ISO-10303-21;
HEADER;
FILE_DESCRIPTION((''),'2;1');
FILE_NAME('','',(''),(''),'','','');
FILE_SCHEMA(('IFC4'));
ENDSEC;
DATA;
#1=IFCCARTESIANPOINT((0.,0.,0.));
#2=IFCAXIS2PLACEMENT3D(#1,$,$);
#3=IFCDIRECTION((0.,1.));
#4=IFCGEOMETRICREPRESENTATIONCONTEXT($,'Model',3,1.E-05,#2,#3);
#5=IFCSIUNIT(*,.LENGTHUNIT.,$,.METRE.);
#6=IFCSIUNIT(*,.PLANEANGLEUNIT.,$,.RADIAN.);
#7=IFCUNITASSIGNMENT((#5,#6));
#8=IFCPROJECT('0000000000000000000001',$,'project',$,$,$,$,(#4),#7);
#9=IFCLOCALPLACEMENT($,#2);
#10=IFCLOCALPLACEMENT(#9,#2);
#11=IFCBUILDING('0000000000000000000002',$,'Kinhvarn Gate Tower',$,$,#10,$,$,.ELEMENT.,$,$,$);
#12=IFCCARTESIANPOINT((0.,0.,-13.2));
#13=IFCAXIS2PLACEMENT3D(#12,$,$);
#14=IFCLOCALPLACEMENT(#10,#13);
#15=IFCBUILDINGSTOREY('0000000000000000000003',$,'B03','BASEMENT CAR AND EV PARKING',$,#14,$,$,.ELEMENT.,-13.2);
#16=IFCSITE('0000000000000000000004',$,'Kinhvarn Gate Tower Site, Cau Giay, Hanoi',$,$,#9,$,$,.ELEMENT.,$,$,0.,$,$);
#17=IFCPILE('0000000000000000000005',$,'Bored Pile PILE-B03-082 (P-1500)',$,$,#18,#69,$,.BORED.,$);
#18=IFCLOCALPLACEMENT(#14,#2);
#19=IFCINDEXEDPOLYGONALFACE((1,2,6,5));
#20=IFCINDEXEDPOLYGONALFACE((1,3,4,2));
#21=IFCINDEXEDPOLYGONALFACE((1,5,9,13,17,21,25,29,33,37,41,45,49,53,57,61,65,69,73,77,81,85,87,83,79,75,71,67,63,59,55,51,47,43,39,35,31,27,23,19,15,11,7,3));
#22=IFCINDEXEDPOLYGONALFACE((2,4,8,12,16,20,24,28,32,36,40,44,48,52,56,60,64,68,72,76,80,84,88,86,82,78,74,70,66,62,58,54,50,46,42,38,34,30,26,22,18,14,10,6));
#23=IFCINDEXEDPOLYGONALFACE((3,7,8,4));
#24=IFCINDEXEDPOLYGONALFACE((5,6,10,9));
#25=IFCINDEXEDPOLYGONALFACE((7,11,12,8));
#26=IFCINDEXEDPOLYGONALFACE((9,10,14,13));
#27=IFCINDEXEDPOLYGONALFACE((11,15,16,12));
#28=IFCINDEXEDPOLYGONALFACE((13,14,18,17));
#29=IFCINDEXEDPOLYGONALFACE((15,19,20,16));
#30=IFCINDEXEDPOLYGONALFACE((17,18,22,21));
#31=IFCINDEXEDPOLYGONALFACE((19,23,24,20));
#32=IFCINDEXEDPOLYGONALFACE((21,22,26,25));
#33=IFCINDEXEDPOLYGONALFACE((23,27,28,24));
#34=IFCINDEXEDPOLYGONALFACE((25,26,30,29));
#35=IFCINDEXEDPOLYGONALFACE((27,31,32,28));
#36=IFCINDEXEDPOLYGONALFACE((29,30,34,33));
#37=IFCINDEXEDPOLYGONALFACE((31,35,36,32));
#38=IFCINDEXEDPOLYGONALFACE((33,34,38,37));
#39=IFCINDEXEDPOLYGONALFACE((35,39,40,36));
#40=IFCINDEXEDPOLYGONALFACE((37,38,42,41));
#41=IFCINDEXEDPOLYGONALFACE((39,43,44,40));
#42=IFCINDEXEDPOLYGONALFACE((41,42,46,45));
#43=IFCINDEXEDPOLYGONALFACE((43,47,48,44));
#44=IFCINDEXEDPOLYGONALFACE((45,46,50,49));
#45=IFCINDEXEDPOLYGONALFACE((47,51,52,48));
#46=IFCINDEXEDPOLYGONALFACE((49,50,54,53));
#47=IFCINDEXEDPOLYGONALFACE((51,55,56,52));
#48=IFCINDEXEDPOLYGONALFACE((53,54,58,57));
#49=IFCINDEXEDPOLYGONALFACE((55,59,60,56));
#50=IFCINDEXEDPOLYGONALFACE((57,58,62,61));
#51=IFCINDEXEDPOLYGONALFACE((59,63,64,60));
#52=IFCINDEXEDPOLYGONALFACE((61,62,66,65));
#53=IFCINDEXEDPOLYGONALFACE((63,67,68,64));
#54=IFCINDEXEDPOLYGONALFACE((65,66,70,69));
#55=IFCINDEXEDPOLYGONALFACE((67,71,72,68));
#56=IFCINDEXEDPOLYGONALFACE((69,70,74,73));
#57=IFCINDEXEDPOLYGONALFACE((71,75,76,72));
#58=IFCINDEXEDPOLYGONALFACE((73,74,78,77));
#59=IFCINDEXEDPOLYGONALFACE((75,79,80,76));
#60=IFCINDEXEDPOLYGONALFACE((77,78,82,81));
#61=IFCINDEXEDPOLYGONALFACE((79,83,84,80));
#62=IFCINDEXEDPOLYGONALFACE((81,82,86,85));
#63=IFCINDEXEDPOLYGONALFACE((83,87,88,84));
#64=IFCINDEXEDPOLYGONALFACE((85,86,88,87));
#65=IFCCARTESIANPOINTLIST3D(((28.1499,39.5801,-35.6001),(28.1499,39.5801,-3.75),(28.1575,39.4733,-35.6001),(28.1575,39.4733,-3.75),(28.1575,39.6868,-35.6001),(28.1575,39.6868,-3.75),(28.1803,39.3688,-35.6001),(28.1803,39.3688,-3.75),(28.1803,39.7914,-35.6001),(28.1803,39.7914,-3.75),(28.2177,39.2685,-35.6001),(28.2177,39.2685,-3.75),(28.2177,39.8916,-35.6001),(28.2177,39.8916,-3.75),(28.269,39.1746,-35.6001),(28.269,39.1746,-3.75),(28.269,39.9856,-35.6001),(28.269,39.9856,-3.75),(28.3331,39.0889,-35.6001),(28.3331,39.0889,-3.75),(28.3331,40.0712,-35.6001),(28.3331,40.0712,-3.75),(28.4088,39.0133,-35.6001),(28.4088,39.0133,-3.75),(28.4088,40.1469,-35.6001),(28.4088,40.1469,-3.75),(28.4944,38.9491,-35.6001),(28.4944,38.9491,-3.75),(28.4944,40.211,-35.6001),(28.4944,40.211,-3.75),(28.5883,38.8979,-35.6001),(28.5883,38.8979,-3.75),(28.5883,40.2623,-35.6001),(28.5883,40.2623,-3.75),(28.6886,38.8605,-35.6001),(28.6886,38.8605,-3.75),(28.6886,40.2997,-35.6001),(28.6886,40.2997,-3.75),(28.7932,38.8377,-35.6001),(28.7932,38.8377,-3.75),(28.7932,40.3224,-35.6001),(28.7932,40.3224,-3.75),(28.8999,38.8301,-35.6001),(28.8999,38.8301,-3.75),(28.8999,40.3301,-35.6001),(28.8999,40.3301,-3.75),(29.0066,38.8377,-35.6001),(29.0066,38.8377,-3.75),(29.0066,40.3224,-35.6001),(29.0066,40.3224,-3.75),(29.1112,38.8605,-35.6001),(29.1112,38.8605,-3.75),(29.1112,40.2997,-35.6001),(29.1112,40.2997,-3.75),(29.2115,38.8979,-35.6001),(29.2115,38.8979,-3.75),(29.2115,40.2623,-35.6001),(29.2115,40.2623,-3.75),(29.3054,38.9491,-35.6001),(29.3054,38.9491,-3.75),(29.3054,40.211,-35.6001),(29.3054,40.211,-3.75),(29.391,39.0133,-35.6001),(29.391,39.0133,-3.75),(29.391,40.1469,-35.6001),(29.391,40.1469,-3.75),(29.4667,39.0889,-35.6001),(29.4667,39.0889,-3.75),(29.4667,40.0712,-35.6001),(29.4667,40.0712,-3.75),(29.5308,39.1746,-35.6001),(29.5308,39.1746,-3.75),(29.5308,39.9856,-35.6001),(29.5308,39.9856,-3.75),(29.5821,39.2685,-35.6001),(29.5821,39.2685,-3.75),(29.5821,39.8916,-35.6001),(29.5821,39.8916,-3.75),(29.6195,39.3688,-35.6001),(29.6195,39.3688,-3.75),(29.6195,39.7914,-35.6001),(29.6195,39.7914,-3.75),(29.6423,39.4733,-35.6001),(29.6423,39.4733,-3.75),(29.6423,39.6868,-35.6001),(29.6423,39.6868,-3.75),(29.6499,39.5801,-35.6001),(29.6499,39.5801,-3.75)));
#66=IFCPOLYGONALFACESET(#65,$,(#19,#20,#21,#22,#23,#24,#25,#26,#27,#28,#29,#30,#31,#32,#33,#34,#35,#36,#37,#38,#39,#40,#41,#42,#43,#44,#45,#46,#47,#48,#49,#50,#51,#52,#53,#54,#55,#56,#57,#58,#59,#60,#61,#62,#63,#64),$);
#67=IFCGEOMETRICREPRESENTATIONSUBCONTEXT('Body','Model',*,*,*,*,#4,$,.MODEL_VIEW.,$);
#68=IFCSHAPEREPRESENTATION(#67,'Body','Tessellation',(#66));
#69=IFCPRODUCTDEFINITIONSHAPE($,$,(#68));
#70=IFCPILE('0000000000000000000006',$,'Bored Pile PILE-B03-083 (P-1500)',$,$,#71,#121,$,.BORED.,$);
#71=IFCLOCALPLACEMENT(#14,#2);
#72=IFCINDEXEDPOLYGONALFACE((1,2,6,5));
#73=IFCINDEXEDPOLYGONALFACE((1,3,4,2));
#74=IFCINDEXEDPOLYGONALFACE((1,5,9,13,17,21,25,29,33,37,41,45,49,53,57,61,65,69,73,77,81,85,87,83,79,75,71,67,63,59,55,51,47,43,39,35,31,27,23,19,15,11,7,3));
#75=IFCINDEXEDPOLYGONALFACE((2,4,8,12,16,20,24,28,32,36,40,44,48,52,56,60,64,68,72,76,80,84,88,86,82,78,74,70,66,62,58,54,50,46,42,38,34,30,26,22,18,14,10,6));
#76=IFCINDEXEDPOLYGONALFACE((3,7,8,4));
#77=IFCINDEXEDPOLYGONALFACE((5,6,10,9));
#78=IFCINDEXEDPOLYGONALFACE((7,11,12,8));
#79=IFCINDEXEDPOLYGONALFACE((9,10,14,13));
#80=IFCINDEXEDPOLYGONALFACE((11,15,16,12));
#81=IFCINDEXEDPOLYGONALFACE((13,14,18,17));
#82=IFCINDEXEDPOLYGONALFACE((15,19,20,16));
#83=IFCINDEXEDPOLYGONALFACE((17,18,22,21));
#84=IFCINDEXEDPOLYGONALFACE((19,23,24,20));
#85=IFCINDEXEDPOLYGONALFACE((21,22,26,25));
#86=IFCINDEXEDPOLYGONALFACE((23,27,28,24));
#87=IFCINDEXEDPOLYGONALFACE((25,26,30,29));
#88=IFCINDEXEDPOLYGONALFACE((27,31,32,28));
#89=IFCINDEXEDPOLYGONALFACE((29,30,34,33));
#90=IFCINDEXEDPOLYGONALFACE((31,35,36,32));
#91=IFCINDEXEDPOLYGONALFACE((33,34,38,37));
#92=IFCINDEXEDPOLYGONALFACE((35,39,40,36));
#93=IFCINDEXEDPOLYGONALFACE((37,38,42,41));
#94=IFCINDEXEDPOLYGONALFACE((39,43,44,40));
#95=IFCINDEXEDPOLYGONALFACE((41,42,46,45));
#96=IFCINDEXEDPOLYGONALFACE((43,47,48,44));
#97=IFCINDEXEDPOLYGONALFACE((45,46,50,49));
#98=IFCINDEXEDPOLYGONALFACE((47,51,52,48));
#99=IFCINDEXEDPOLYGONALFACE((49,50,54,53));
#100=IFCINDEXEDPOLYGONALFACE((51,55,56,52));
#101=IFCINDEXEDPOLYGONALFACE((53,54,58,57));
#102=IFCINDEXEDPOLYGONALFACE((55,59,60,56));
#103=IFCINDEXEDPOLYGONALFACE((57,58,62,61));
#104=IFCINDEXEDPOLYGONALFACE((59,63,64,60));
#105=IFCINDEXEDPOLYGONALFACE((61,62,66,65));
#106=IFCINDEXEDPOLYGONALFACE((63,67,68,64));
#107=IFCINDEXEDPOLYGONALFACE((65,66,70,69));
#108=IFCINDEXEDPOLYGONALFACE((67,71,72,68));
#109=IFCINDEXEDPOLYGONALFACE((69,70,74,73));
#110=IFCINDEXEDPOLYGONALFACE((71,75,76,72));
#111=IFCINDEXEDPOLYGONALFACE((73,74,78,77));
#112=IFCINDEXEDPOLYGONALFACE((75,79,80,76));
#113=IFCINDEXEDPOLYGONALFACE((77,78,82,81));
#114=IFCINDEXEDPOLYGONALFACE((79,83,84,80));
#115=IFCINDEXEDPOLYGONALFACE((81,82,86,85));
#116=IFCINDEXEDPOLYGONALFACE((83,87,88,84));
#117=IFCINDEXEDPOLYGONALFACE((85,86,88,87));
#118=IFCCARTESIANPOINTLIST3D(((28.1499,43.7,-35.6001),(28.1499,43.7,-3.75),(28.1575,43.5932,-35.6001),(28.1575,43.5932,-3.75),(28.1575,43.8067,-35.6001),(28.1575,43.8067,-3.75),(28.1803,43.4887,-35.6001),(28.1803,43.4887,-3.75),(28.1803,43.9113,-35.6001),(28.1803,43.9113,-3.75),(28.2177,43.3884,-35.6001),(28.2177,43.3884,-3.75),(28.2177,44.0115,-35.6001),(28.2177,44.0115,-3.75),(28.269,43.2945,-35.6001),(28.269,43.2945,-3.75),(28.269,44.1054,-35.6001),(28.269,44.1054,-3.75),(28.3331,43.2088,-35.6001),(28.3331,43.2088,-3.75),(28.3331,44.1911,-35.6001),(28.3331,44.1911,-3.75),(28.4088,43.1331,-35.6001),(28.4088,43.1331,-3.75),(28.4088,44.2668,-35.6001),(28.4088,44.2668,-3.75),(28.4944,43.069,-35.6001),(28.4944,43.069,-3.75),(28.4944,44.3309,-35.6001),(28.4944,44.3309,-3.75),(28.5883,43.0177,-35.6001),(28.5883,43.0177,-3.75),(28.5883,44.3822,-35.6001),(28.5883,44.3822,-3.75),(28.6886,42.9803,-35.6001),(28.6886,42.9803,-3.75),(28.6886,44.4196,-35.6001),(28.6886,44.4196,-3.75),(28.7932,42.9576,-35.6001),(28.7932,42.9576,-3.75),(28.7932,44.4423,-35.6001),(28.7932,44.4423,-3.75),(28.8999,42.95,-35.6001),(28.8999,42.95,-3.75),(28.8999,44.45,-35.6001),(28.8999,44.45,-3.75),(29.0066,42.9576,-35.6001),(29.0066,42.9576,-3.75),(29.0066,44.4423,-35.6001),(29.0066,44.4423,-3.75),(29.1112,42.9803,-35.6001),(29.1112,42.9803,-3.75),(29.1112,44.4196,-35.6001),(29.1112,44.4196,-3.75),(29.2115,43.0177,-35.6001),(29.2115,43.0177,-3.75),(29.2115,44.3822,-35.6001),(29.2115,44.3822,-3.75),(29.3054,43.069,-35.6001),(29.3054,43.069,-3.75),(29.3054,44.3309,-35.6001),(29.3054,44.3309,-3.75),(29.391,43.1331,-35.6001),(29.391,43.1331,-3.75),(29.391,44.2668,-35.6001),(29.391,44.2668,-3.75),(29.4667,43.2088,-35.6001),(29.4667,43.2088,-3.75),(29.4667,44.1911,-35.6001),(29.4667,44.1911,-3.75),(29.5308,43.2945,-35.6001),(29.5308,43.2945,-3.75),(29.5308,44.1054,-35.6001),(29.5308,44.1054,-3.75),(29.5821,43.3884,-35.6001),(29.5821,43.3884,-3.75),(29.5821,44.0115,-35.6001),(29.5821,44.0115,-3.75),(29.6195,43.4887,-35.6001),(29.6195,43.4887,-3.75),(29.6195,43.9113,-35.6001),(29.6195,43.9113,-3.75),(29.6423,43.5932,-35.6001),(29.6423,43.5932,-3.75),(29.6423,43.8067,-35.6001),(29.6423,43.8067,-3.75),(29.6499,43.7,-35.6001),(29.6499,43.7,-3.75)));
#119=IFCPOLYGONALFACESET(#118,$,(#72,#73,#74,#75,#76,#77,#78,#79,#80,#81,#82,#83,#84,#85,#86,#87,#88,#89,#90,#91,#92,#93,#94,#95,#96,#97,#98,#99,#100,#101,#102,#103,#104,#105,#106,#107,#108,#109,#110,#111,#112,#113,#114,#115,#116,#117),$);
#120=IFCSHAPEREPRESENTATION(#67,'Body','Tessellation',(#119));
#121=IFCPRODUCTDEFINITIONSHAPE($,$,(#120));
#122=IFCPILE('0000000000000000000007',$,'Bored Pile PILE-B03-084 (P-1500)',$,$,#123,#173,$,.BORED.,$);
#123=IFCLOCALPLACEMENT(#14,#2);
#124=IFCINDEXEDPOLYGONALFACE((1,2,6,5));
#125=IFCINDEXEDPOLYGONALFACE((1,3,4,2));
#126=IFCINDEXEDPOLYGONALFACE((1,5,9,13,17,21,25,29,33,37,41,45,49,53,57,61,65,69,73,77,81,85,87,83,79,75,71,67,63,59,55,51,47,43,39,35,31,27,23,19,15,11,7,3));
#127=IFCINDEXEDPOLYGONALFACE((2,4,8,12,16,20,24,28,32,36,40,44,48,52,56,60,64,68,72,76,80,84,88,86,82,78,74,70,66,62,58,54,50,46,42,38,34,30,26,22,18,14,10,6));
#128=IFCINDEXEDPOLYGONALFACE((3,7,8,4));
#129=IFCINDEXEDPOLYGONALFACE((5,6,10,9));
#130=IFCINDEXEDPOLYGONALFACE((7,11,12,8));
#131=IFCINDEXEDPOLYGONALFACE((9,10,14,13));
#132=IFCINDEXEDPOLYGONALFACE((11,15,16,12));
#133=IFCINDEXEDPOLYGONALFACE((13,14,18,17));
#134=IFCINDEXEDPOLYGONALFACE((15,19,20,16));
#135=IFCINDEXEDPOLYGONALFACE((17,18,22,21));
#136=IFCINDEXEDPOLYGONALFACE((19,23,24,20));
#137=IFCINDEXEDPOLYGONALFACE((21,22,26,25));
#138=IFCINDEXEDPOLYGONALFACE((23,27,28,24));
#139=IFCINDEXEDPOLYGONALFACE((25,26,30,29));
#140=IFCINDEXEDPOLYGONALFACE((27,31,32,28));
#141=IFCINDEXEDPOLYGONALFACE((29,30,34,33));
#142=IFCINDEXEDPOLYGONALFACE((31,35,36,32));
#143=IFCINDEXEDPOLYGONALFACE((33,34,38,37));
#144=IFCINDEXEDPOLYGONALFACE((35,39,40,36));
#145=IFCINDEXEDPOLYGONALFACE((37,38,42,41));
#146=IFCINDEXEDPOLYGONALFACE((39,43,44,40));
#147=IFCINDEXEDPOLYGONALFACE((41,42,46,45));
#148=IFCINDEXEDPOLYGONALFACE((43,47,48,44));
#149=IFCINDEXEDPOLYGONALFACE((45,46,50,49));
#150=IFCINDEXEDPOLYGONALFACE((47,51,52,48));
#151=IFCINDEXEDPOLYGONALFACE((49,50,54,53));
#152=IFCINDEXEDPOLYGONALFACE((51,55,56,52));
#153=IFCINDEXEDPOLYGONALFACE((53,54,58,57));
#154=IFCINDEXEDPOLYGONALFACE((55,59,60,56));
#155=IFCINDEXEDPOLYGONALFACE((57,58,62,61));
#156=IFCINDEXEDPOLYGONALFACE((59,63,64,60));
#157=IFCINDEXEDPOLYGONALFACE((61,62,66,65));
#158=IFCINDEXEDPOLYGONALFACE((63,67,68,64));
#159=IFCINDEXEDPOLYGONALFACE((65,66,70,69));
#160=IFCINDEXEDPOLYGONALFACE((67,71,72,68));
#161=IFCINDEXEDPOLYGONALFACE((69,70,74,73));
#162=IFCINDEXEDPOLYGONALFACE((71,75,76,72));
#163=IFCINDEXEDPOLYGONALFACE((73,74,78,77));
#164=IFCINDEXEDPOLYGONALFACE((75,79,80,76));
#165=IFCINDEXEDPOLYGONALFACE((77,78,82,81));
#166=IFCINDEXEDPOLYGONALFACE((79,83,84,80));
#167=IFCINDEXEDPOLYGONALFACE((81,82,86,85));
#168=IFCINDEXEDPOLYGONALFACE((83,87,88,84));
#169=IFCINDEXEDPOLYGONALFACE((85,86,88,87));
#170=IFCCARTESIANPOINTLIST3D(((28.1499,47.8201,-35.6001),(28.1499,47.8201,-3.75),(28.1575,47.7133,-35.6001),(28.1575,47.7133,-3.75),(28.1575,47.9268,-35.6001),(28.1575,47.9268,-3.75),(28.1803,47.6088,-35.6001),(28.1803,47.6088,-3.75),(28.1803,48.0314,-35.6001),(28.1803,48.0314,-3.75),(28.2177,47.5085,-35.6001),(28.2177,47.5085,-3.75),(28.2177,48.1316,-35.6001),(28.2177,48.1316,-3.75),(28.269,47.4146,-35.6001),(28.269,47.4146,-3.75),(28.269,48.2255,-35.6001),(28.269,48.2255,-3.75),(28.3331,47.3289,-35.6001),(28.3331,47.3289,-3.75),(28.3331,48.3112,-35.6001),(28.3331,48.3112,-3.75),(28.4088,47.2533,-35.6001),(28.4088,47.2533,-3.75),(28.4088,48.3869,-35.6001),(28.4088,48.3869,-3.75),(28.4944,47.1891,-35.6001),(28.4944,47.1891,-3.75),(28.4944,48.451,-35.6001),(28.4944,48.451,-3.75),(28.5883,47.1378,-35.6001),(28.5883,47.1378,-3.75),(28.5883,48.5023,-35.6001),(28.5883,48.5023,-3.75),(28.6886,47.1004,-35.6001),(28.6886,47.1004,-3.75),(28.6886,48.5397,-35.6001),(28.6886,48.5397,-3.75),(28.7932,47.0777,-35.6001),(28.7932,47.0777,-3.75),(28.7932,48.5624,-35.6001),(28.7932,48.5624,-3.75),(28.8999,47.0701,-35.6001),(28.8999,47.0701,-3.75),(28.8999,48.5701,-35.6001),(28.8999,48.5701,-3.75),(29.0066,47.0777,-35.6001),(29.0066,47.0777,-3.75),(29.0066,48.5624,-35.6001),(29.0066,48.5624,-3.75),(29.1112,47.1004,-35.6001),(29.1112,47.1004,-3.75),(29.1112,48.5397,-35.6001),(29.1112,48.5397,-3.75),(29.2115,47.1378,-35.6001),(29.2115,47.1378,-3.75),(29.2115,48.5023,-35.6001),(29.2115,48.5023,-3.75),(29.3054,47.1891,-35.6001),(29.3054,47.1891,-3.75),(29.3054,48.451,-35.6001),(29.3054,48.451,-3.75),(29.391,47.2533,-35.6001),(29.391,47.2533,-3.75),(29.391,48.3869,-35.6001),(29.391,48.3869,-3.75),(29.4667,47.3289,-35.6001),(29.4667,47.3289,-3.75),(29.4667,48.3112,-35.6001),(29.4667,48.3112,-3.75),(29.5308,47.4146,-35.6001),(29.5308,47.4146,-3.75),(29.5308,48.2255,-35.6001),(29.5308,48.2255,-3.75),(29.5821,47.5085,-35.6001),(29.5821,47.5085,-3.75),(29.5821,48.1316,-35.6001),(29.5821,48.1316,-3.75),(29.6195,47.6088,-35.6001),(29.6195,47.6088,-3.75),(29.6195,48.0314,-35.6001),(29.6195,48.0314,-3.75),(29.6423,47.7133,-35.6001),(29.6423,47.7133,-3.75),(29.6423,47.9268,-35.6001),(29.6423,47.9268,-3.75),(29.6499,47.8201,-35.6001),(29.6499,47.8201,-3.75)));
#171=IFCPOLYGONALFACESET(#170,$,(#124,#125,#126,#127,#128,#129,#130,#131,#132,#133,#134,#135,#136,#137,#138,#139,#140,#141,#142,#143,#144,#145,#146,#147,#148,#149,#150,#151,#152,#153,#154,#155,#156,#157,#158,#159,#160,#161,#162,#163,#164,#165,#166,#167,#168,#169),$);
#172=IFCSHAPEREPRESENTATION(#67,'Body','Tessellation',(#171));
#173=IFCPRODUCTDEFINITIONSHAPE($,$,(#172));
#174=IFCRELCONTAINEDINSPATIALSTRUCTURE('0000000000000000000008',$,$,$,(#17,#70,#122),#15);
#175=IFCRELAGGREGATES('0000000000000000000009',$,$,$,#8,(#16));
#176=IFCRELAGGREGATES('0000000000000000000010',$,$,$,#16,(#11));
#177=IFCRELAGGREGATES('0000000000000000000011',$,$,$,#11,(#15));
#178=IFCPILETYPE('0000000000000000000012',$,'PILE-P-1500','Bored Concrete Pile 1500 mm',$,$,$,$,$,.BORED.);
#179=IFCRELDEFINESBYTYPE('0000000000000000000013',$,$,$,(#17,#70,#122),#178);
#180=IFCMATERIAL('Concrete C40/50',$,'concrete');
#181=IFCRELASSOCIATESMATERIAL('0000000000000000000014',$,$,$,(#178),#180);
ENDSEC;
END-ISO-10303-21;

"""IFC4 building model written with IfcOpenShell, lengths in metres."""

from ifc_helpers import new_model, si_unit, direction, frame, origin, origin_2d, place, context, subcontext, project, spatial, circle, extrude, material, material_profile, profile_set, type_object, element, save


model = new_model("IFC4")

# Units and contexts
model_context = context("Model", 3, precision=1e-05, world=origin(), true_north=direction((0.0, 1.0)))
body_context = subcontext(model_context, "Body", "Model", "MODEL_VIEW")
ifc_project = project(units=[si_unit("LENGTHUNIT", "METRE"), si_unit("PLANEANGLEUNIT", "RADIAN")], contexts=[model_context])

# Site, building, storey
site_placement = place(None, origin())
site = spatial("IfcSite", under=ifc_project, at=site_placement, Name="Kinhvarn Gate Tower Site, Cau Giay, Hanoi", CompositionType="ELEMENT", RefElevation=0.0)
building_placement = place(site_placement, origin())
building = spatial("IfcBuilding", under=site, at=building_placement, Name="Kinhvarn Gate Tower", CompositionType="ELEMENT")
storey_placement = place(building_placement, frame((0.0, 0.0, -13.2)))
storey = spatial("IfcBuildingStorey", under=building, at=storey_placement, Name="B03", Description="BASEMENT CAR AND EV PARKING", CompositionType="ELEMENT", Elevation=-13.2)

# Piles
ifc_material = material(Name="Concrete C40/50", Category="concrete")
ifc_material_profile_1 = material_profile(ifc_material, circle(Radius=0.75, at=origin_2d()), Name="PILE D1500")
ifc_profile_set_1 = profile_set([ifc_material_profile_1], Name="Concrete C40/50")
pile_type_1 = type_object("IfcPileType", Name="PILE-P-1500", Description="Bored Concrete Pile 1500 mm", PredefinedType="BORED", material=ifc_profile_set_1)
for number, where, z_axis, x_axis, name in (
    (1, (28.8999, 39.5801, -35.6001), (0.0, 0.0, 1.0), (1.0, 0.0, 0.0), "Bored Pile PILE-B03-082 (P-1500)"),
    (2, (28.8999, 43.7, -35.6001), (0.0, 0.0, 1.0), (1.0, 0.0, 0.0), "Bored Pile PILE-B03-083 (P-1500)"),
    (3, (28.8999, 47.8201, -35.6001), (0.0, 0.0, 1.0), (1.0, 0.0, 0.0), "Bored Pile PILE-B03-084 (P-1500)"),
):
    element("IfcPile", number, at=place(storey_placement, frame(where, z_axis=z_axis, x_axis=x_axis)), inside=storey, type_object=pile_type_1, Name=name, PredefinedType="BORED", context=body_context, shape_type="SweptSolid", body=[
        extrude(circle(Radius=0.75, at=origin_2d()), origin(), (0.0, 0.0, 1.0), 31.8501),
    ])

save(model, "model.ifc")
